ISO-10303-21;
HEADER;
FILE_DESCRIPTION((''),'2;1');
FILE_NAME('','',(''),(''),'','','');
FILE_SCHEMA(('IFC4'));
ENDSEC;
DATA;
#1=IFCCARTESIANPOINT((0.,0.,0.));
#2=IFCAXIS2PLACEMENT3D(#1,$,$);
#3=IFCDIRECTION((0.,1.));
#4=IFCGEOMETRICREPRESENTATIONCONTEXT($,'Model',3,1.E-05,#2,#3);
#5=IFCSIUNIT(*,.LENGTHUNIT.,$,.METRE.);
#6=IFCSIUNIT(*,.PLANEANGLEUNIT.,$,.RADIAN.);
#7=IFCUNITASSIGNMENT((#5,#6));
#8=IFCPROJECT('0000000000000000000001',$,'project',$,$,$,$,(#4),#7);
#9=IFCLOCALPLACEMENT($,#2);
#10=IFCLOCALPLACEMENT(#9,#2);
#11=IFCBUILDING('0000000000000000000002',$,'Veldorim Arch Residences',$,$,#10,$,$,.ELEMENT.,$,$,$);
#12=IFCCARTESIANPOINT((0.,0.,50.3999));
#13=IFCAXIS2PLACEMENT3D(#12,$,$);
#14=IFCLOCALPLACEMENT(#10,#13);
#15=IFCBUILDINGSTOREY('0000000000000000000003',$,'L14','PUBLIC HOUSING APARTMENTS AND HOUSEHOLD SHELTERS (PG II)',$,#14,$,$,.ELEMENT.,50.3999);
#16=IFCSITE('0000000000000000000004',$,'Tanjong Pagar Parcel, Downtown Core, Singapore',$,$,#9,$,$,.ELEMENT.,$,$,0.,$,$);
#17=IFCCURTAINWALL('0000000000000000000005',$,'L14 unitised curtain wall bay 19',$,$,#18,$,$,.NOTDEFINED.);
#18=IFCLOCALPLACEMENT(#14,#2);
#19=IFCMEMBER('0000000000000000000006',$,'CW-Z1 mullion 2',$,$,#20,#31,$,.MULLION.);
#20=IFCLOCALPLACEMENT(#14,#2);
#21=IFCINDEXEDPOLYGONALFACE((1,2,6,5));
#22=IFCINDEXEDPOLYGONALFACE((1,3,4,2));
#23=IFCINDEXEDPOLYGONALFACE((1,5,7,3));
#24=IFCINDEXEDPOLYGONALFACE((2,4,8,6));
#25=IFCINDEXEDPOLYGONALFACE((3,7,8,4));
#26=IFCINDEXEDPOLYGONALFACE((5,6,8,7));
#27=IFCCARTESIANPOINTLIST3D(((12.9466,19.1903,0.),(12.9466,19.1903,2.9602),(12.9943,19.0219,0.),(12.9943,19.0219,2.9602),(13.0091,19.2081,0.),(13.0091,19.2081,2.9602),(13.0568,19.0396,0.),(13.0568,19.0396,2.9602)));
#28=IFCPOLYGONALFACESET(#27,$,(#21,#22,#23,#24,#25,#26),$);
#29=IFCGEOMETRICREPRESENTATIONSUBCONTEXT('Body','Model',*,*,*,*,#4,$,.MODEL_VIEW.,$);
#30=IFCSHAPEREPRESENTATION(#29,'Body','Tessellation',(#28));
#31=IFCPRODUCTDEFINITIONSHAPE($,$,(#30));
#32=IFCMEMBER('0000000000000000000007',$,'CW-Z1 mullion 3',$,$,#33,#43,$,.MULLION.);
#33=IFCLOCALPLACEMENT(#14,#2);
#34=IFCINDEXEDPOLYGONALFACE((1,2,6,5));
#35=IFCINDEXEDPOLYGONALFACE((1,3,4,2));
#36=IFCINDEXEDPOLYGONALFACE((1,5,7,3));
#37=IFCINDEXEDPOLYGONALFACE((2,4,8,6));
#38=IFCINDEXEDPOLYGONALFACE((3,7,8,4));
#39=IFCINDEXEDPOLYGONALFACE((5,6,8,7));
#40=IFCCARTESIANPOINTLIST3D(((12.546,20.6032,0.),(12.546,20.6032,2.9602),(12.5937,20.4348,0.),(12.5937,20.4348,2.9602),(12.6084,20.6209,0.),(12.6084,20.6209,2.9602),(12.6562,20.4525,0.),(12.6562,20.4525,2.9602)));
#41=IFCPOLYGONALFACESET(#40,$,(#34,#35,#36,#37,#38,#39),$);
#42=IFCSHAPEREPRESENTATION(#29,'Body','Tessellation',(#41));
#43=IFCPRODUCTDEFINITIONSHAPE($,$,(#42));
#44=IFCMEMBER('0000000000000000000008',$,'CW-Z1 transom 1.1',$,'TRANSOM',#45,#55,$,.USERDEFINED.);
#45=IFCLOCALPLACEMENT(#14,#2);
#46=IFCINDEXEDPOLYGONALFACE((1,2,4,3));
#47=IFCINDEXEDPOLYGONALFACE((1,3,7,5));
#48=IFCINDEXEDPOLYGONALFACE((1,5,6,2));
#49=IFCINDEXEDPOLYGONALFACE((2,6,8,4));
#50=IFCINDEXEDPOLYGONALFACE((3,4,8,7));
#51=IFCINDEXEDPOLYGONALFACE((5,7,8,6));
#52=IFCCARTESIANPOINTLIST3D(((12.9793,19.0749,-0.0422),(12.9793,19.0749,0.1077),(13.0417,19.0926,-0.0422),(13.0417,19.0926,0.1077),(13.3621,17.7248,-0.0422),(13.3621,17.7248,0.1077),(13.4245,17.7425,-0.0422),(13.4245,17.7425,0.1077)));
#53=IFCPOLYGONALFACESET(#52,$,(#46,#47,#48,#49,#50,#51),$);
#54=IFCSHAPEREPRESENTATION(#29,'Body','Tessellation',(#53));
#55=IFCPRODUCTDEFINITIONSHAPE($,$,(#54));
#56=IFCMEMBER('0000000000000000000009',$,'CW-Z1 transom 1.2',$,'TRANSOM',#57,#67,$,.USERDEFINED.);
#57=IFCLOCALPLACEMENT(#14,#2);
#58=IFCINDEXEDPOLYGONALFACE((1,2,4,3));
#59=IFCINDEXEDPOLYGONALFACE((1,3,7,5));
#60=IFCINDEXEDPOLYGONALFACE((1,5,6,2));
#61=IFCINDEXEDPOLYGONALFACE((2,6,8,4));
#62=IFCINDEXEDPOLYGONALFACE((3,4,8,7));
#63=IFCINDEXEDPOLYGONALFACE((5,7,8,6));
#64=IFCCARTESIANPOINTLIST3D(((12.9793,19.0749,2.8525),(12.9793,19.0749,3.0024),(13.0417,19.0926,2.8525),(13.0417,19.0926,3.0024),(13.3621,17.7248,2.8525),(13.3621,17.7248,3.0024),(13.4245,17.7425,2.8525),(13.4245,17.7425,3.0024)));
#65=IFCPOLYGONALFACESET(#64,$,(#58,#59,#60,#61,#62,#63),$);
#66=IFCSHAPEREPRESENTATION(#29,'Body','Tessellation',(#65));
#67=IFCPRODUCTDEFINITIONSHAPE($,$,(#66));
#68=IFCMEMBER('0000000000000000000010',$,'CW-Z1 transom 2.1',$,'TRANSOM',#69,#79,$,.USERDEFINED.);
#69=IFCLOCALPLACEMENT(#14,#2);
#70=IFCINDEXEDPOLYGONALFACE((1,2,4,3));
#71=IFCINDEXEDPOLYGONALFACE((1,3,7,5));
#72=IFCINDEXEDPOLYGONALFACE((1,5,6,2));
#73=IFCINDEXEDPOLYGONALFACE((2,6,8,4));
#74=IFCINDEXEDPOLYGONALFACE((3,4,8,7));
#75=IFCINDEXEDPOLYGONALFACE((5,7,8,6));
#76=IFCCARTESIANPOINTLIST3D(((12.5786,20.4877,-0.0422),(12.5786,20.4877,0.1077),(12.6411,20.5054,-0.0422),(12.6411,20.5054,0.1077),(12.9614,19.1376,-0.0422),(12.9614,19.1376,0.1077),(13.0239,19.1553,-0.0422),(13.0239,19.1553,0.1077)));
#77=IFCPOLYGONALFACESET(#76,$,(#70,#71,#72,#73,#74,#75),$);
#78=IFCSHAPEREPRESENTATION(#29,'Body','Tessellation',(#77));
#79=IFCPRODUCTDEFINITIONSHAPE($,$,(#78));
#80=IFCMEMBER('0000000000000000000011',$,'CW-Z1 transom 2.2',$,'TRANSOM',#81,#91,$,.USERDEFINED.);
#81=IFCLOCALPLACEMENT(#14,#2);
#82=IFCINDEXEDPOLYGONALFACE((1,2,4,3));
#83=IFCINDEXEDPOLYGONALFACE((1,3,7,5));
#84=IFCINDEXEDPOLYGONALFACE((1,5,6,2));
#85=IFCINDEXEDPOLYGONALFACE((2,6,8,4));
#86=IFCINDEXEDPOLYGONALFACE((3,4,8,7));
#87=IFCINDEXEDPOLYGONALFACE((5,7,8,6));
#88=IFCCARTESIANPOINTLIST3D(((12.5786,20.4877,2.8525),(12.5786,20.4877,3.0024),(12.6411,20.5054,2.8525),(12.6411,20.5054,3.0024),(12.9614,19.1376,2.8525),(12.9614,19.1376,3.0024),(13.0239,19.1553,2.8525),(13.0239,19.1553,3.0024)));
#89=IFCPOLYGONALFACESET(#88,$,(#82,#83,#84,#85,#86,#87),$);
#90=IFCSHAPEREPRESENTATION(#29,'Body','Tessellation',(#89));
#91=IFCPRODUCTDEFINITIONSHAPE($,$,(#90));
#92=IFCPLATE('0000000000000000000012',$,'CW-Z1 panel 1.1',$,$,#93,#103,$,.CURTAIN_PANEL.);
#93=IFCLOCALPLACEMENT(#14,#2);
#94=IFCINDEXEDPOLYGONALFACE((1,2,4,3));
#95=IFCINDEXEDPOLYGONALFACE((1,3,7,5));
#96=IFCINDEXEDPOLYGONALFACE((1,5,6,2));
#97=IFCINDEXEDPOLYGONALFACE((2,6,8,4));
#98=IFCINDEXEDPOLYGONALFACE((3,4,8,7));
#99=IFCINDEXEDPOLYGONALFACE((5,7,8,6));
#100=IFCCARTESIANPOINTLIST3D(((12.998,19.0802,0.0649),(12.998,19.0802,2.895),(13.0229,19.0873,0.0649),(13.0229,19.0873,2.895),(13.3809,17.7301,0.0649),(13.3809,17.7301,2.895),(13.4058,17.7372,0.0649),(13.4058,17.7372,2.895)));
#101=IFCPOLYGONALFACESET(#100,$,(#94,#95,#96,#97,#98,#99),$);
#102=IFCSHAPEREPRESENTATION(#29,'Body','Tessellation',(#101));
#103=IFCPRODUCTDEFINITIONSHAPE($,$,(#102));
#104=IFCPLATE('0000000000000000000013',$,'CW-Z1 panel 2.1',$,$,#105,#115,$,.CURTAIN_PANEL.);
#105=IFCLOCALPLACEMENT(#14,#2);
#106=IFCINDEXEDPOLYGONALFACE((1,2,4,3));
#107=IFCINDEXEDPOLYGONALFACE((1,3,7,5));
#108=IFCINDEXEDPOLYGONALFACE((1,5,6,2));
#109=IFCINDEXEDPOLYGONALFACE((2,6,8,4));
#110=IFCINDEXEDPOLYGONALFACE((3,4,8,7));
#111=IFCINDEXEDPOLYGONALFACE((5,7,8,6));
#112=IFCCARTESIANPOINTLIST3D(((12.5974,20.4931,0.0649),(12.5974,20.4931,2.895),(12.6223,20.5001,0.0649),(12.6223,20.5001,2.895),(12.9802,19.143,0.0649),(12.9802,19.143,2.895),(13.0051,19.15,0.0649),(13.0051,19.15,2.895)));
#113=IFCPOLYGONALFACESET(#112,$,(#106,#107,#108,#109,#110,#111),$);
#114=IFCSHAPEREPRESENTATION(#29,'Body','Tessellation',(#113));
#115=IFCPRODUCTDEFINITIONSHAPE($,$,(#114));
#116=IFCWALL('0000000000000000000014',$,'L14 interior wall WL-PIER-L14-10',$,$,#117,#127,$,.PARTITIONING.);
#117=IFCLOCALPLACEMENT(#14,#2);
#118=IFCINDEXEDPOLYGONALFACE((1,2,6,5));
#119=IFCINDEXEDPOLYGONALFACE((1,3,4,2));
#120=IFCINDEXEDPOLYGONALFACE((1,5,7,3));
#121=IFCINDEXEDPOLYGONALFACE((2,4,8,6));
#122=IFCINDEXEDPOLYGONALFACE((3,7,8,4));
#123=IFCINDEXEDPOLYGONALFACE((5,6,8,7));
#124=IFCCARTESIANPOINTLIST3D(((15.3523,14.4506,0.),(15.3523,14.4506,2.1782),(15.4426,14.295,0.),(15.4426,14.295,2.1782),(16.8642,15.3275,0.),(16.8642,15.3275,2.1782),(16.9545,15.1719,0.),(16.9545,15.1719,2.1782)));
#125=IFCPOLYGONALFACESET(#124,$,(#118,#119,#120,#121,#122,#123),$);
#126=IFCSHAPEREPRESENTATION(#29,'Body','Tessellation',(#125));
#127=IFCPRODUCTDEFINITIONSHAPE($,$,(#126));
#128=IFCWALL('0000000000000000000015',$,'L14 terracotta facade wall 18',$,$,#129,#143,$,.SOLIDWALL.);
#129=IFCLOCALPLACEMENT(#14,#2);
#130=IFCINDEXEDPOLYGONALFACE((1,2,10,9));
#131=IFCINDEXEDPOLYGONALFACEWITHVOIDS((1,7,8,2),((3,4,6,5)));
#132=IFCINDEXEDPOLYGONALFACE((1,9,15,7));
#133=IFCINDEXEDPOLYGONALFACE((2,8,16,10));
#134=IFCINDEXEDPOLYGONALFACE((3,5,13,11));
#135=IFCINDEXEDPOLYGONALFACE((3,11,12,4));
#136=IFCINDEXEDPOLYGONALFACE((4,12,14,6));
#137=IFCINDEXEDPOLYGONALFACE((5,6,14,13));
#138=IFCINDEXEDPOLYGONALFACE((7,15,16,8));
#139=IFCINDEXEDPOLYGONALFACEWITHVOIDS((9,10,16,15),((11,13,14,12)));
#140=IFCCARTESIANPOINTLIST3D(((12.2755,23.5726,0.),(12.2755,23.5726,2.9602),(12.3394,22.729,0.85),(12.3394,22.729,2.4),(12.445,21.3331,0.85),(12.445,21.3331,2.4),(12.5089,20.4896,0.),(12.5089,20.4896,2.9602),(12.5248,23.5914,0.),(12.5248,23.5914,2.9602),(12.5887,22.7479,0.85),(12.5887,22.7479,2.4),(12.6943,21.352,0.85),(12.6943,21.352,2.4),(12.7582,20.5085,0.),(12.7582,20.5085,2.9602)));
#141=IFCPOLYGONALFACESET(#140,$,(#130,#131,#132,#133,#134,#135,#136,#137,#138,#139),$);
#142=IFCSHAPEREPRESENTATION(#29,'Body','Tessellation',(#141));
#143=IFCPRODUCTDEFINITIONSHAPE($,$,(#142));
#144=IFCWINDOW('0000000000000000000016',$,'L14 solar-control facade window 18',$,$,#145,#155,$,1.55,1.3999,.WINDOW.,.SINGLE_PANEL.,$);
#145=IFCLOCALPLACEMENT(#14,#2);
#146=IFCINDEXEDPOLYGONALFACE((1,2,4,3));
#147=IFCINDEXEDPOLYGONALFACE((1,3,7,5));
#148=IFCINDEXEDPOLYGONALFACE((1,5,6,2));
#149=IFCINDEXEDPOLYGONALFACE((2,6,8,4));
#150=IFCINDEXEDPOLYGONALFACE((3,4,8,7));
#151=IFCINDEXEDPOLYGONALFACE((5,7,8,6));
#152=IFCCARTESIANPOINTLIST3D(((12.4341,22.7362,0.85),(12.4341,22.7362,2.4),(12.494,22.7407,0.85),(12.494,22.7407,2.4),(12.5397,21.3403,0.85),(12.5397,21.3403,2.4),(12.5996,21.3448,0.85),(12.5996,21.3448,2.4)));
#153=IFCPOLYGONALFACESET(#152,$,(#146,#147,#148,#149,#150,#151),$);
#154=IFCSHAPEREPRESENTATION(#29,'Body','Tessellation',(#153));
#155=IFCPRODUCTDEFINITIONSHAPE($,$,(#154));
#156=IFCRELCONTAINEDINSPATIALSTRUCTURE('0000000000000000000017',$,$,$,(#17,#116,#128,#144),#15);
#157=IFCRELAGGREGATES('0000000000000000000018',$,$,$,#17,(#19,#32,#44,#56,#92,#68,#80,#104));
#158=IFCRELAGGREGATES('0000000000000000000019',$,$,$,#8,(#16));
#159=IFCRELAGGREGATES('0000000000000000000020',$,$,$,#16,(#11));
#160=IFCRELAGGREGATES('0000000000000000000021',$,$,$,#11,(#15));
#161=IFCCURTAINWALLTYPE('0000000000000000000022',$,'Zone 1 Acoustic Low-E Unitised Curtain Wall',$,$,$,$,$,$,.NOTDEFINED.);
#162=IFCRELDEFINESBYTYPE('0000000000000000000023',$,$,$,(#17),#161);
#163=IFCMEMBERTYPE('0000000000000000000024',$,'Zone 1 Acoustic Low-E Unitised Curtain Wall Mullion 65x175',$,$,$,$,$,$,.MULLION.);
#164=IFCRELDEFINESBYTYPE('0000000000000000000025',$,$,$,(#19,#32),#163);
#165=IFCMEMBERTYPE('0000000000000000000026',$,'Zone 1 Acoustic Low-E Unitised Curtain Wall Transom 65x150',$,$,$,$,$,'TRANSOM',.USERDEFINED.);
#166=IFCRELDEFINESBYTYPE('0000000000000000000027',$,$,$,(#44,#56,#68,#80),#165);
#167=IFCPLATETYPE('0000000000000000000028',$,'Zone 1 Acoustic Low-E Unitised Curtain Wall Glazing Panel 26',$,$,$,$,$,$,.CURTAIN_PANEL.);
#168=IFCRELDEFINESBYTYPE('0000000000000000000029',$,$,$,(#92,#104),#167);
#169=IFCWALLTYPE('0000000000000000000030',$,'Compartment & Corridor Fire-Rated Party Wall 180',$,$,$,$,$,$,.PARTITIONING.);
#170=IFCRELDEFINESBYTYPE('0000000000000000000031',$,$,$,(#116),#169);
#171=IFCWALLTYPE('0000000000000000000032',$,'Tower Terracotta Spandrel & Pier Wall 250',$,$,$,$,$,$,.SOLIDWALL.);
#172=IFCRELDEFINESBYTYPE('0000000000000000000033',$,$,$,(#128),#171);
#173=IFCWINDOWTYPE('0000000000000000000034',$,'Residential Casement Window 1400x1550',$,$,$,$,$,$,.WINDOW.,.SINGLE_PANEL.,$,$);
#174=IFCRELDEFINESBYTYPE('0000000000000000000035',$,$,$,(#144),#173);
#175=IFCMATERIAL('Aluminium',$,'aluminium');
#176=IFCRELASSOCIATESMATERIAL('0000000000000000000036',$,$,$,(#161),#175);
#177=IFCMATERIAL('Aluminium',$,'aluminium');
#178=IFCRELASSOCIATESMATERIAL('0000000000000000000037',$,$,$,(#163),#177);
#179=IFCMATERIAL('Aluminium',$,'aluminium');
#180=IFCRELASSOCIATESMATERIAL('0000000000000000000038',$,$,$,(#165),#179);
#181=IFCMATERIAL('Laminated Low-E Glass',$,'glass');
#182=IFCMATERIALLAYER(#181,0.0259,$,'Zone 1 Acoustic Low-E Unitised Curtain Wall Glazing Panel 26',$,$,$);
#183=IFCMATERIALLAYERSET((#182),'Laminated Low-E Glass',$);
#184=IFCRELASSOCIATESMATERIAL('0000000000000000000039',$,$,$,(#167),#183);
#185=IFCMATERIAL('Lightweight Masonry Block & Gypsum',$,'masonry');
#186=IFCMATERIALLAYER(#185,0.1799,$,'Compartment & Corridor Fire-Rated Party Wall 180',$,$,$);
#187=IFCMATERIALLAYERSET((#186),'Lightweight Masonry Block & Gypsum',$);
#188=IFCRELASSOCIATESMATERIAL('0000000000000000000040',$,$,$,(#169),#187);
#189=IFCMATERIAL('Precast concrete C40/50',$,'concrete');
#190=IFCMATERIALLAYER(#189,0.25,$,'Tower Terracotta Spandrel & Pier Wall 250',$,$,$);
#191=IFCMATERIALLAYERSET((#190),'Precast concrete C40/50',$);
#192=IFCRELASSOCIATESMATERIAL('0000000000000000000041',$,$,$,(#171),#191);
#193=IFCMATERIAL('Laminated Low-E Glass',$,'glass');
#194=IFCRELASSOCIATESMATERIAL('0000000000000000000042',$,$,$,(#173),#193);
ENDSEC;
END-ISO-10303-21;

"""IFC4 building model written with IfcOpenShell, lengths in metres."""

from ifc_helpers import new_model, si_unit, direction, frame, frame_2d, origin, origin_2d, place, context, subcontext, project, spatial, rectangle, extrude, material, layer, layer_set, material_profile, profile_set, type_object, element, fill, aggregate, save


model = new_model("IFC4")

# Units and contexts
model_context = context("Model", 3, precision=1e-05, world=origin(), true_north=direction((0.0, 1.0)))
body_context = subcontext(model_context, "Body", "Model", "MODEL_VIEW")
ifc_project = project(units=[si_unit("LENGTHUNIT", "METRE"), si_unit("PLANEANGLEUNIT", "RADIAN")], contexts=[model_context])

# Site, building, storey
site_placement = place(None, origin())
site = spatial("IfcSite", under=ifc_project, at=site_placement, Name="Tanjong Pagar Parcel, Downtown Core, Singapore", CompositionType="ELEMENT", RefElevation=0.0)
building_placement = place(site_placement, origin())
building = spatial("IfcBuilding", under=site, at=building_placement, Name="Veldorim Arch Residences", CompositionType="ELEMENT")
storey_placement = place(building_placement, frame((0.0, 0.0, 50.3999)))
storey = spatial("IfcBuildingStorey", under=building, at=storey_placement, Name="L14", Description="PUBLIC HOUSING APARTMENTS AND HOUSEHOLD SHELTERS (PG II)", CompositionType="ELEMENT", Elevation=50.3999)

# Curtain wall, members, plates
ifc_material_1 = material(Name="Aluminium", Category="aluminium")
curtain_wall_type = type_object("IfcCurtainWallType", Name="Zone 1 Acoustic Low-E Unitised Curtain Wall", PredefinedType="NOTDEFINED", material=ifc_material_1)
curtain_wall_placement = place(storey_placement, origin())
curtain_wall = element("IfcCurtainWall", 1, at=curtain_wall_placement, inside=storey, type_object=curtain_wall_type, Name="L14 unitised curtain wall bay 19", PredefinedType="NOTDEFINED")
ifc_material_2 = material(Name="Aluminium", Category="aluminium")
ifc_material_profile_1 = material_profile(ifc_material_2, rectangle(XDim=0.0649, YDim=0.175, at=origin_2d()), Name="ALU_MUL_65x175")
ifc_profile_set_1 = profile_set([ifc_material_profile_1], Name="Aluminium")
member_type_1 = type_object("IfcMemberType", Name="Zone 1 Acoustic Low-E Unitised Curtain Wall Mullion 65x175", PredefinedType="MULLION", material=ifc_profile_set_1)
member_1_placement = place(storey_placement, frame((13.0017, 19.115, 0.0), z_axis=(0.0, 0.0, 1.0), x_axis=(-0.962071, -0.272798, 0.0)))
member_1 = element("IfcMember", 2, at=member_1_placement, type_object=member_type_1, Name="CW-Z1 mullion 2", PredefinedType="MULLION", context=body_context, shape_type="SweptSolid", body=[
    extrude(rectangle(XDim=0.0649, YDim=0.175, at=origin_2d()), origin(), (0.0, 0.0, 1.0), 2.9602),
])
member_2_placement = place(storey_placement, frame((12.6011, 20.5278, 0.0), z_axis=(0.0, 0.0, 1.0), x_axis=(-0.962071, -0.272798, 0.0)))
member_2 = element("IfcMember", 3, at=member_2_placement, type_object=member_type_1, Name="CW-Z1 mullion 3", PredefinedType="MULLION", context=body_context, shape_type="SweptSolid", body=[
    extrude(rectangle(XDim=0.0649, YDim=0.175, at=origin_2d()), origin(), (0.0, 0.0, 1.0), 2.9602),
])
ifc_material_3 = material(Name="Aluminium", Category="aluminium")
ifc_material_profile_2 = material_profile(ifc_material_3, rectangle(XDim=0.0649, YDim=0.1499, at=origin_2d()), Name="ALU_TRN_65x150")
ifc_profile_set_2 = profile_set([ifc_material_profile_2], Name="Aluminium")
member_type_2 = type_object("IfcMemberType", Name="Zone 1 Acoustic Low-E Unitised Curtain Wall Transom 65x150", ElementType="TRANSOM", PredefinedType="USERDEFINED", material=ifc_profile_set_2)
member_3_placement = place(storey_placement, frame((13.3933, 17.7336, 0.0327), z_axis=(-0.27279, 0.962073, 0.0), x_axis=(-0.962073, -0.27279, 0.0)))
member_3 = element("IfcMember", 4, at=member_3_placement, type_object=member_type_2, Name="CW-Z1 transom 1.1", ObjectType="TRANSOM", PredefinedType="USERDEFINED", context=body_context, shape_type="SweptSolid", body=[
    extrude(rectangle(XDim=0.0649, YDim=0.1499, at=origin_2d()), origin(), (0.0, 0.0, 1.0), 1.4033),
])
member_4_placement = place(storey_placement, frame((13.3933, 17.7336, 2.9275), z_axis=(-0.27279, 0.962073, 0.0), x_axis=(-0.962073, -0.27279, 0.0)))
member_4 = element("IfcMember", 5, at=member_4_placement, type_object=member_type_2, Name="CW-Z1 transom 1.2", ObjectType="TRANSOM", PredefinedType="USERDEFINED", context=body_context, shape_type="SweptSolid", body=[
    extrude(rectangle(XDim=0.0649, YDim=0.1499, at=origin_2d()), origin(), (0.0, 0.0, 1.0), 1.4033),
])
member_5_placement = place(storey_placement, frame((12.9927, 19.1465, 0.0327), z_axis=(-0.27279, 0.962073, 0.0), x_axis=(-0.962073, -0.27279, 0.0)))
member_5 = element("IfcMember", 6, at=member_5_placement, type_object=member_type_2, Name="CW-Z1 transom 2.1", ObjectType="TRANSOM", PredefinedType="USERDEFINED", context=body_context, shape_type="SweptSolid", body=[
    extrude(rectangle(XDim=0.0649, YDim=0.1499, at=origin_2d()), origin(), (0.0, 0.0, 1.0), 1.4033),
])
member_6_placement = place(storey_placement, frame((12.9927, 19.1465, 2.9275), z_axis=(-0.27279, 0.962073, 0.0), x_axis=(-0.962073, -0.27279, 0.0)))
member_6 = element("IfcMember", 7, at=member_6_placement, type_object=member_type_2, Name="CW-Z1 transom 2.2", ObjectType="TRANSOM", PredefinedType="USERDEFINED", context=body_context, shape_type="SweptSolid", body=[
    extrude(rectangle(XDim=0.0649, YDim=0.1499, at=origin_2d()), origin(), (0.0, 0.0, 1.0), 1.4033),
])
ifc_material_4 = material(Name="Laminated Low-E Glass", Category="glass")
ifc_layer_1 = layer(ifc_material_4, 0.0259, Name="Zone 1 Acoustic Low-E Unitised Curtain Wall Glazing Panel 26")
ifc_layer_set_1 = layer_set([ifc_layer_1], Name="Laminated Low-E Glass")
plate_type = type_object("IfcPlateType", Name="Zone 1 Acoustic Low-E Unitised Curtain Wall Glazing Panel 26", PredefinedType="CURTAIN_PANEL", material=ifc_layer_set_1)
plate_1_placement = place(storey_placement, frame((13.2019, 18.4087, 0.0649), z_axis=(0.0, 0.0, 1.0), x_axis=(-0.272798, 0.962071, 0.0)))
plate_1 = element("IfcPlate", 8, at=plate_1_placement, type_object=plate_type, Name="CW-Z1 panel 1.1", PredefinedType="CURTAIN_PANEL", context=body_context, shape_type="SweptSolid", body=[
    extrude(rectangle(XDim=1.4033, YDim=0.0259, at=origin_2d()), origin(), (0.0, 0.0, 1.0), 2.8301),
])
plate_2_placement = place(storey_placement, frame((12.8013, 19.8215, 0.0649), z_axis=(0.0, 0.0, 1.0), x_axis=(-0.272798, 0.962071, 0.0)))
plate_2 = element("IfcPlate", 9, at=plate_2_placement, type_object=plate_type, Name="CW-Z1 panel 2.1", PredefinedType="CURTAIN_PANEL", context=body_context, shape_type="SweptSolid", body=[
    extrude(rectangle(XDim=1.4033, YDim=0.0259, at=origin_2d()), origin(), (0.0, 0.0, 1.0), 2.8301),
])
aggregate(curtain_wall, [member_1, member_2, member_3, member_4, plate_1, member_5, member_6, plate_2])

# Wall
ifc_material_5 = material(Name="Lightweight Masonry Block & Gypsum", Category="masonry")
ifc_layer_2 = layer(ifc_material_5, 0.1799, Name="Compartment & Corridor Fire-Rated Party Wall 180")
ifc_layer_set_2 = layer_set([ifc_layer_2], Name="Lightweight Masonry Block & Gypsum")
wall_type_1 = type_object("IfcWallType", Name="Compartment & Corridor Fire-Rated Party Wall 180", PredefinedType="PARTITIONING", material=ifc_layer_set_2)
wall_1_placement = place(storey_placement, frame((16.9094, 15.2498, 0.0), z_axis=(0.0, 0.0, 1.0), x_axis=(-0.865028, -0.501724, 0.0)))
element("IfcWall", 10, at=wall_1_placement, inside=storey, type_object=wall_type_1, Name="L14 interior wall WL-PIER-L14-10", PredefinedType="PARTITIONING", context=body_context, shape_type="SweptSolid", body=[
    extrude(rectangle(XDim=1.7478, YDim=0.1799, at=frame_2d((0.874, 0.0))), origin(), (0.0, 0.0, 1.0), 2.1782),
])

# Wall, opening, window
ifc_material_6 = material(Name="Precast concrete C40/50", Category="concrete")
ifc_layer_3 = layer(ifc_material_6, 0.25, Name="Tower Terracotta Spandrel & Pier Wall 250")
ifc_layer_set_3 = layer_set([ifc_layer_3], Name="Precast concrete C40/50")
wall_type_2 = type_object("IfcWallType", Name="Tower Terracotta Spandrel & Pier Wall 250", PredefinedType="SOLIDWALL", material=ifc_layer_set_3)
wall_2_placement = place(storey_placement, frame((12.6335, 20.499, 0.0), z_axis=(0.0, 0.0, 1.0), x_axis=(-0.075489, 0.997147, 0.0)))
wall_2 = element("IfcWall", 11, at=wall_2_placement, inside=storey, type_object=wall_type_2, Name="L14 terracotta facade wall 18", PredefinedType="SOLIDWALL", context=body_context, shape_type="SweptSolid", body=[
    extrude(rectangle(XDim=3.0918, YDim=0.25, at=frame_2d((1.5459, 0.0))), origin(), (0.0, 0.0, 1.0), 2.9602),
])
opening_1_placement = place(wall_2_placement, frame((0.8459, 0.0, 0.8501)))
opening_1 = element("IfcOpeningElement", 12, at=opening_1_placement, cuts=wall_2, PredefinedType="OPENING", context=body_context, shape_type="SweptSolid", body=[
    extrude(rectangle(XDim=1.3999, YDim=1.55, at=frame_2d((0.7, 0.7749))), frame((0.0, 0.135, 0.0), z_axis=(0.0, -1.0, 0.0), x_axis=(1.0, 0.0, 0.0)), (0.0, 0.0, 1.0), 0.27),
])
ifc_material_7 = material(Name="Laminated Low-E Glass", Category="glass")
window_type = type_object("IfcWindowType", Name="Residential Casement Window 1400x1550", PartitioningType="SINGLE_PANEL", PredefinedType="WINDOW", material=ifc_material_7)
window_1_placement = place(opening_1_placement, origin())
window_1 = element("IfcWindow", 13, at=window_1_placement, inside=storey, type_object=window_type, Name="L14 solar-control facade window 18", OverallHeight=1.55, OverallWidth=1.3999, PartitioningType="SINGLE_PANEL", PredefinedType="WINDOW", context=body_context, shape_type="SweptSolid", body=[
    extrude(rectangle(XDim=1.3999, YDim=1.55, at=frame_2d((0.7, 0.7749))), frame((0.0, 0.03, 0.0), z_axis=(0.0, -1.0, 0.0), x_axis=(1.0, 0.0, 0.0)), (0.0, 0.0, 1.0), 0.0601),
])
fill(opening_1, window_1)

save(model, "model.ifc")
